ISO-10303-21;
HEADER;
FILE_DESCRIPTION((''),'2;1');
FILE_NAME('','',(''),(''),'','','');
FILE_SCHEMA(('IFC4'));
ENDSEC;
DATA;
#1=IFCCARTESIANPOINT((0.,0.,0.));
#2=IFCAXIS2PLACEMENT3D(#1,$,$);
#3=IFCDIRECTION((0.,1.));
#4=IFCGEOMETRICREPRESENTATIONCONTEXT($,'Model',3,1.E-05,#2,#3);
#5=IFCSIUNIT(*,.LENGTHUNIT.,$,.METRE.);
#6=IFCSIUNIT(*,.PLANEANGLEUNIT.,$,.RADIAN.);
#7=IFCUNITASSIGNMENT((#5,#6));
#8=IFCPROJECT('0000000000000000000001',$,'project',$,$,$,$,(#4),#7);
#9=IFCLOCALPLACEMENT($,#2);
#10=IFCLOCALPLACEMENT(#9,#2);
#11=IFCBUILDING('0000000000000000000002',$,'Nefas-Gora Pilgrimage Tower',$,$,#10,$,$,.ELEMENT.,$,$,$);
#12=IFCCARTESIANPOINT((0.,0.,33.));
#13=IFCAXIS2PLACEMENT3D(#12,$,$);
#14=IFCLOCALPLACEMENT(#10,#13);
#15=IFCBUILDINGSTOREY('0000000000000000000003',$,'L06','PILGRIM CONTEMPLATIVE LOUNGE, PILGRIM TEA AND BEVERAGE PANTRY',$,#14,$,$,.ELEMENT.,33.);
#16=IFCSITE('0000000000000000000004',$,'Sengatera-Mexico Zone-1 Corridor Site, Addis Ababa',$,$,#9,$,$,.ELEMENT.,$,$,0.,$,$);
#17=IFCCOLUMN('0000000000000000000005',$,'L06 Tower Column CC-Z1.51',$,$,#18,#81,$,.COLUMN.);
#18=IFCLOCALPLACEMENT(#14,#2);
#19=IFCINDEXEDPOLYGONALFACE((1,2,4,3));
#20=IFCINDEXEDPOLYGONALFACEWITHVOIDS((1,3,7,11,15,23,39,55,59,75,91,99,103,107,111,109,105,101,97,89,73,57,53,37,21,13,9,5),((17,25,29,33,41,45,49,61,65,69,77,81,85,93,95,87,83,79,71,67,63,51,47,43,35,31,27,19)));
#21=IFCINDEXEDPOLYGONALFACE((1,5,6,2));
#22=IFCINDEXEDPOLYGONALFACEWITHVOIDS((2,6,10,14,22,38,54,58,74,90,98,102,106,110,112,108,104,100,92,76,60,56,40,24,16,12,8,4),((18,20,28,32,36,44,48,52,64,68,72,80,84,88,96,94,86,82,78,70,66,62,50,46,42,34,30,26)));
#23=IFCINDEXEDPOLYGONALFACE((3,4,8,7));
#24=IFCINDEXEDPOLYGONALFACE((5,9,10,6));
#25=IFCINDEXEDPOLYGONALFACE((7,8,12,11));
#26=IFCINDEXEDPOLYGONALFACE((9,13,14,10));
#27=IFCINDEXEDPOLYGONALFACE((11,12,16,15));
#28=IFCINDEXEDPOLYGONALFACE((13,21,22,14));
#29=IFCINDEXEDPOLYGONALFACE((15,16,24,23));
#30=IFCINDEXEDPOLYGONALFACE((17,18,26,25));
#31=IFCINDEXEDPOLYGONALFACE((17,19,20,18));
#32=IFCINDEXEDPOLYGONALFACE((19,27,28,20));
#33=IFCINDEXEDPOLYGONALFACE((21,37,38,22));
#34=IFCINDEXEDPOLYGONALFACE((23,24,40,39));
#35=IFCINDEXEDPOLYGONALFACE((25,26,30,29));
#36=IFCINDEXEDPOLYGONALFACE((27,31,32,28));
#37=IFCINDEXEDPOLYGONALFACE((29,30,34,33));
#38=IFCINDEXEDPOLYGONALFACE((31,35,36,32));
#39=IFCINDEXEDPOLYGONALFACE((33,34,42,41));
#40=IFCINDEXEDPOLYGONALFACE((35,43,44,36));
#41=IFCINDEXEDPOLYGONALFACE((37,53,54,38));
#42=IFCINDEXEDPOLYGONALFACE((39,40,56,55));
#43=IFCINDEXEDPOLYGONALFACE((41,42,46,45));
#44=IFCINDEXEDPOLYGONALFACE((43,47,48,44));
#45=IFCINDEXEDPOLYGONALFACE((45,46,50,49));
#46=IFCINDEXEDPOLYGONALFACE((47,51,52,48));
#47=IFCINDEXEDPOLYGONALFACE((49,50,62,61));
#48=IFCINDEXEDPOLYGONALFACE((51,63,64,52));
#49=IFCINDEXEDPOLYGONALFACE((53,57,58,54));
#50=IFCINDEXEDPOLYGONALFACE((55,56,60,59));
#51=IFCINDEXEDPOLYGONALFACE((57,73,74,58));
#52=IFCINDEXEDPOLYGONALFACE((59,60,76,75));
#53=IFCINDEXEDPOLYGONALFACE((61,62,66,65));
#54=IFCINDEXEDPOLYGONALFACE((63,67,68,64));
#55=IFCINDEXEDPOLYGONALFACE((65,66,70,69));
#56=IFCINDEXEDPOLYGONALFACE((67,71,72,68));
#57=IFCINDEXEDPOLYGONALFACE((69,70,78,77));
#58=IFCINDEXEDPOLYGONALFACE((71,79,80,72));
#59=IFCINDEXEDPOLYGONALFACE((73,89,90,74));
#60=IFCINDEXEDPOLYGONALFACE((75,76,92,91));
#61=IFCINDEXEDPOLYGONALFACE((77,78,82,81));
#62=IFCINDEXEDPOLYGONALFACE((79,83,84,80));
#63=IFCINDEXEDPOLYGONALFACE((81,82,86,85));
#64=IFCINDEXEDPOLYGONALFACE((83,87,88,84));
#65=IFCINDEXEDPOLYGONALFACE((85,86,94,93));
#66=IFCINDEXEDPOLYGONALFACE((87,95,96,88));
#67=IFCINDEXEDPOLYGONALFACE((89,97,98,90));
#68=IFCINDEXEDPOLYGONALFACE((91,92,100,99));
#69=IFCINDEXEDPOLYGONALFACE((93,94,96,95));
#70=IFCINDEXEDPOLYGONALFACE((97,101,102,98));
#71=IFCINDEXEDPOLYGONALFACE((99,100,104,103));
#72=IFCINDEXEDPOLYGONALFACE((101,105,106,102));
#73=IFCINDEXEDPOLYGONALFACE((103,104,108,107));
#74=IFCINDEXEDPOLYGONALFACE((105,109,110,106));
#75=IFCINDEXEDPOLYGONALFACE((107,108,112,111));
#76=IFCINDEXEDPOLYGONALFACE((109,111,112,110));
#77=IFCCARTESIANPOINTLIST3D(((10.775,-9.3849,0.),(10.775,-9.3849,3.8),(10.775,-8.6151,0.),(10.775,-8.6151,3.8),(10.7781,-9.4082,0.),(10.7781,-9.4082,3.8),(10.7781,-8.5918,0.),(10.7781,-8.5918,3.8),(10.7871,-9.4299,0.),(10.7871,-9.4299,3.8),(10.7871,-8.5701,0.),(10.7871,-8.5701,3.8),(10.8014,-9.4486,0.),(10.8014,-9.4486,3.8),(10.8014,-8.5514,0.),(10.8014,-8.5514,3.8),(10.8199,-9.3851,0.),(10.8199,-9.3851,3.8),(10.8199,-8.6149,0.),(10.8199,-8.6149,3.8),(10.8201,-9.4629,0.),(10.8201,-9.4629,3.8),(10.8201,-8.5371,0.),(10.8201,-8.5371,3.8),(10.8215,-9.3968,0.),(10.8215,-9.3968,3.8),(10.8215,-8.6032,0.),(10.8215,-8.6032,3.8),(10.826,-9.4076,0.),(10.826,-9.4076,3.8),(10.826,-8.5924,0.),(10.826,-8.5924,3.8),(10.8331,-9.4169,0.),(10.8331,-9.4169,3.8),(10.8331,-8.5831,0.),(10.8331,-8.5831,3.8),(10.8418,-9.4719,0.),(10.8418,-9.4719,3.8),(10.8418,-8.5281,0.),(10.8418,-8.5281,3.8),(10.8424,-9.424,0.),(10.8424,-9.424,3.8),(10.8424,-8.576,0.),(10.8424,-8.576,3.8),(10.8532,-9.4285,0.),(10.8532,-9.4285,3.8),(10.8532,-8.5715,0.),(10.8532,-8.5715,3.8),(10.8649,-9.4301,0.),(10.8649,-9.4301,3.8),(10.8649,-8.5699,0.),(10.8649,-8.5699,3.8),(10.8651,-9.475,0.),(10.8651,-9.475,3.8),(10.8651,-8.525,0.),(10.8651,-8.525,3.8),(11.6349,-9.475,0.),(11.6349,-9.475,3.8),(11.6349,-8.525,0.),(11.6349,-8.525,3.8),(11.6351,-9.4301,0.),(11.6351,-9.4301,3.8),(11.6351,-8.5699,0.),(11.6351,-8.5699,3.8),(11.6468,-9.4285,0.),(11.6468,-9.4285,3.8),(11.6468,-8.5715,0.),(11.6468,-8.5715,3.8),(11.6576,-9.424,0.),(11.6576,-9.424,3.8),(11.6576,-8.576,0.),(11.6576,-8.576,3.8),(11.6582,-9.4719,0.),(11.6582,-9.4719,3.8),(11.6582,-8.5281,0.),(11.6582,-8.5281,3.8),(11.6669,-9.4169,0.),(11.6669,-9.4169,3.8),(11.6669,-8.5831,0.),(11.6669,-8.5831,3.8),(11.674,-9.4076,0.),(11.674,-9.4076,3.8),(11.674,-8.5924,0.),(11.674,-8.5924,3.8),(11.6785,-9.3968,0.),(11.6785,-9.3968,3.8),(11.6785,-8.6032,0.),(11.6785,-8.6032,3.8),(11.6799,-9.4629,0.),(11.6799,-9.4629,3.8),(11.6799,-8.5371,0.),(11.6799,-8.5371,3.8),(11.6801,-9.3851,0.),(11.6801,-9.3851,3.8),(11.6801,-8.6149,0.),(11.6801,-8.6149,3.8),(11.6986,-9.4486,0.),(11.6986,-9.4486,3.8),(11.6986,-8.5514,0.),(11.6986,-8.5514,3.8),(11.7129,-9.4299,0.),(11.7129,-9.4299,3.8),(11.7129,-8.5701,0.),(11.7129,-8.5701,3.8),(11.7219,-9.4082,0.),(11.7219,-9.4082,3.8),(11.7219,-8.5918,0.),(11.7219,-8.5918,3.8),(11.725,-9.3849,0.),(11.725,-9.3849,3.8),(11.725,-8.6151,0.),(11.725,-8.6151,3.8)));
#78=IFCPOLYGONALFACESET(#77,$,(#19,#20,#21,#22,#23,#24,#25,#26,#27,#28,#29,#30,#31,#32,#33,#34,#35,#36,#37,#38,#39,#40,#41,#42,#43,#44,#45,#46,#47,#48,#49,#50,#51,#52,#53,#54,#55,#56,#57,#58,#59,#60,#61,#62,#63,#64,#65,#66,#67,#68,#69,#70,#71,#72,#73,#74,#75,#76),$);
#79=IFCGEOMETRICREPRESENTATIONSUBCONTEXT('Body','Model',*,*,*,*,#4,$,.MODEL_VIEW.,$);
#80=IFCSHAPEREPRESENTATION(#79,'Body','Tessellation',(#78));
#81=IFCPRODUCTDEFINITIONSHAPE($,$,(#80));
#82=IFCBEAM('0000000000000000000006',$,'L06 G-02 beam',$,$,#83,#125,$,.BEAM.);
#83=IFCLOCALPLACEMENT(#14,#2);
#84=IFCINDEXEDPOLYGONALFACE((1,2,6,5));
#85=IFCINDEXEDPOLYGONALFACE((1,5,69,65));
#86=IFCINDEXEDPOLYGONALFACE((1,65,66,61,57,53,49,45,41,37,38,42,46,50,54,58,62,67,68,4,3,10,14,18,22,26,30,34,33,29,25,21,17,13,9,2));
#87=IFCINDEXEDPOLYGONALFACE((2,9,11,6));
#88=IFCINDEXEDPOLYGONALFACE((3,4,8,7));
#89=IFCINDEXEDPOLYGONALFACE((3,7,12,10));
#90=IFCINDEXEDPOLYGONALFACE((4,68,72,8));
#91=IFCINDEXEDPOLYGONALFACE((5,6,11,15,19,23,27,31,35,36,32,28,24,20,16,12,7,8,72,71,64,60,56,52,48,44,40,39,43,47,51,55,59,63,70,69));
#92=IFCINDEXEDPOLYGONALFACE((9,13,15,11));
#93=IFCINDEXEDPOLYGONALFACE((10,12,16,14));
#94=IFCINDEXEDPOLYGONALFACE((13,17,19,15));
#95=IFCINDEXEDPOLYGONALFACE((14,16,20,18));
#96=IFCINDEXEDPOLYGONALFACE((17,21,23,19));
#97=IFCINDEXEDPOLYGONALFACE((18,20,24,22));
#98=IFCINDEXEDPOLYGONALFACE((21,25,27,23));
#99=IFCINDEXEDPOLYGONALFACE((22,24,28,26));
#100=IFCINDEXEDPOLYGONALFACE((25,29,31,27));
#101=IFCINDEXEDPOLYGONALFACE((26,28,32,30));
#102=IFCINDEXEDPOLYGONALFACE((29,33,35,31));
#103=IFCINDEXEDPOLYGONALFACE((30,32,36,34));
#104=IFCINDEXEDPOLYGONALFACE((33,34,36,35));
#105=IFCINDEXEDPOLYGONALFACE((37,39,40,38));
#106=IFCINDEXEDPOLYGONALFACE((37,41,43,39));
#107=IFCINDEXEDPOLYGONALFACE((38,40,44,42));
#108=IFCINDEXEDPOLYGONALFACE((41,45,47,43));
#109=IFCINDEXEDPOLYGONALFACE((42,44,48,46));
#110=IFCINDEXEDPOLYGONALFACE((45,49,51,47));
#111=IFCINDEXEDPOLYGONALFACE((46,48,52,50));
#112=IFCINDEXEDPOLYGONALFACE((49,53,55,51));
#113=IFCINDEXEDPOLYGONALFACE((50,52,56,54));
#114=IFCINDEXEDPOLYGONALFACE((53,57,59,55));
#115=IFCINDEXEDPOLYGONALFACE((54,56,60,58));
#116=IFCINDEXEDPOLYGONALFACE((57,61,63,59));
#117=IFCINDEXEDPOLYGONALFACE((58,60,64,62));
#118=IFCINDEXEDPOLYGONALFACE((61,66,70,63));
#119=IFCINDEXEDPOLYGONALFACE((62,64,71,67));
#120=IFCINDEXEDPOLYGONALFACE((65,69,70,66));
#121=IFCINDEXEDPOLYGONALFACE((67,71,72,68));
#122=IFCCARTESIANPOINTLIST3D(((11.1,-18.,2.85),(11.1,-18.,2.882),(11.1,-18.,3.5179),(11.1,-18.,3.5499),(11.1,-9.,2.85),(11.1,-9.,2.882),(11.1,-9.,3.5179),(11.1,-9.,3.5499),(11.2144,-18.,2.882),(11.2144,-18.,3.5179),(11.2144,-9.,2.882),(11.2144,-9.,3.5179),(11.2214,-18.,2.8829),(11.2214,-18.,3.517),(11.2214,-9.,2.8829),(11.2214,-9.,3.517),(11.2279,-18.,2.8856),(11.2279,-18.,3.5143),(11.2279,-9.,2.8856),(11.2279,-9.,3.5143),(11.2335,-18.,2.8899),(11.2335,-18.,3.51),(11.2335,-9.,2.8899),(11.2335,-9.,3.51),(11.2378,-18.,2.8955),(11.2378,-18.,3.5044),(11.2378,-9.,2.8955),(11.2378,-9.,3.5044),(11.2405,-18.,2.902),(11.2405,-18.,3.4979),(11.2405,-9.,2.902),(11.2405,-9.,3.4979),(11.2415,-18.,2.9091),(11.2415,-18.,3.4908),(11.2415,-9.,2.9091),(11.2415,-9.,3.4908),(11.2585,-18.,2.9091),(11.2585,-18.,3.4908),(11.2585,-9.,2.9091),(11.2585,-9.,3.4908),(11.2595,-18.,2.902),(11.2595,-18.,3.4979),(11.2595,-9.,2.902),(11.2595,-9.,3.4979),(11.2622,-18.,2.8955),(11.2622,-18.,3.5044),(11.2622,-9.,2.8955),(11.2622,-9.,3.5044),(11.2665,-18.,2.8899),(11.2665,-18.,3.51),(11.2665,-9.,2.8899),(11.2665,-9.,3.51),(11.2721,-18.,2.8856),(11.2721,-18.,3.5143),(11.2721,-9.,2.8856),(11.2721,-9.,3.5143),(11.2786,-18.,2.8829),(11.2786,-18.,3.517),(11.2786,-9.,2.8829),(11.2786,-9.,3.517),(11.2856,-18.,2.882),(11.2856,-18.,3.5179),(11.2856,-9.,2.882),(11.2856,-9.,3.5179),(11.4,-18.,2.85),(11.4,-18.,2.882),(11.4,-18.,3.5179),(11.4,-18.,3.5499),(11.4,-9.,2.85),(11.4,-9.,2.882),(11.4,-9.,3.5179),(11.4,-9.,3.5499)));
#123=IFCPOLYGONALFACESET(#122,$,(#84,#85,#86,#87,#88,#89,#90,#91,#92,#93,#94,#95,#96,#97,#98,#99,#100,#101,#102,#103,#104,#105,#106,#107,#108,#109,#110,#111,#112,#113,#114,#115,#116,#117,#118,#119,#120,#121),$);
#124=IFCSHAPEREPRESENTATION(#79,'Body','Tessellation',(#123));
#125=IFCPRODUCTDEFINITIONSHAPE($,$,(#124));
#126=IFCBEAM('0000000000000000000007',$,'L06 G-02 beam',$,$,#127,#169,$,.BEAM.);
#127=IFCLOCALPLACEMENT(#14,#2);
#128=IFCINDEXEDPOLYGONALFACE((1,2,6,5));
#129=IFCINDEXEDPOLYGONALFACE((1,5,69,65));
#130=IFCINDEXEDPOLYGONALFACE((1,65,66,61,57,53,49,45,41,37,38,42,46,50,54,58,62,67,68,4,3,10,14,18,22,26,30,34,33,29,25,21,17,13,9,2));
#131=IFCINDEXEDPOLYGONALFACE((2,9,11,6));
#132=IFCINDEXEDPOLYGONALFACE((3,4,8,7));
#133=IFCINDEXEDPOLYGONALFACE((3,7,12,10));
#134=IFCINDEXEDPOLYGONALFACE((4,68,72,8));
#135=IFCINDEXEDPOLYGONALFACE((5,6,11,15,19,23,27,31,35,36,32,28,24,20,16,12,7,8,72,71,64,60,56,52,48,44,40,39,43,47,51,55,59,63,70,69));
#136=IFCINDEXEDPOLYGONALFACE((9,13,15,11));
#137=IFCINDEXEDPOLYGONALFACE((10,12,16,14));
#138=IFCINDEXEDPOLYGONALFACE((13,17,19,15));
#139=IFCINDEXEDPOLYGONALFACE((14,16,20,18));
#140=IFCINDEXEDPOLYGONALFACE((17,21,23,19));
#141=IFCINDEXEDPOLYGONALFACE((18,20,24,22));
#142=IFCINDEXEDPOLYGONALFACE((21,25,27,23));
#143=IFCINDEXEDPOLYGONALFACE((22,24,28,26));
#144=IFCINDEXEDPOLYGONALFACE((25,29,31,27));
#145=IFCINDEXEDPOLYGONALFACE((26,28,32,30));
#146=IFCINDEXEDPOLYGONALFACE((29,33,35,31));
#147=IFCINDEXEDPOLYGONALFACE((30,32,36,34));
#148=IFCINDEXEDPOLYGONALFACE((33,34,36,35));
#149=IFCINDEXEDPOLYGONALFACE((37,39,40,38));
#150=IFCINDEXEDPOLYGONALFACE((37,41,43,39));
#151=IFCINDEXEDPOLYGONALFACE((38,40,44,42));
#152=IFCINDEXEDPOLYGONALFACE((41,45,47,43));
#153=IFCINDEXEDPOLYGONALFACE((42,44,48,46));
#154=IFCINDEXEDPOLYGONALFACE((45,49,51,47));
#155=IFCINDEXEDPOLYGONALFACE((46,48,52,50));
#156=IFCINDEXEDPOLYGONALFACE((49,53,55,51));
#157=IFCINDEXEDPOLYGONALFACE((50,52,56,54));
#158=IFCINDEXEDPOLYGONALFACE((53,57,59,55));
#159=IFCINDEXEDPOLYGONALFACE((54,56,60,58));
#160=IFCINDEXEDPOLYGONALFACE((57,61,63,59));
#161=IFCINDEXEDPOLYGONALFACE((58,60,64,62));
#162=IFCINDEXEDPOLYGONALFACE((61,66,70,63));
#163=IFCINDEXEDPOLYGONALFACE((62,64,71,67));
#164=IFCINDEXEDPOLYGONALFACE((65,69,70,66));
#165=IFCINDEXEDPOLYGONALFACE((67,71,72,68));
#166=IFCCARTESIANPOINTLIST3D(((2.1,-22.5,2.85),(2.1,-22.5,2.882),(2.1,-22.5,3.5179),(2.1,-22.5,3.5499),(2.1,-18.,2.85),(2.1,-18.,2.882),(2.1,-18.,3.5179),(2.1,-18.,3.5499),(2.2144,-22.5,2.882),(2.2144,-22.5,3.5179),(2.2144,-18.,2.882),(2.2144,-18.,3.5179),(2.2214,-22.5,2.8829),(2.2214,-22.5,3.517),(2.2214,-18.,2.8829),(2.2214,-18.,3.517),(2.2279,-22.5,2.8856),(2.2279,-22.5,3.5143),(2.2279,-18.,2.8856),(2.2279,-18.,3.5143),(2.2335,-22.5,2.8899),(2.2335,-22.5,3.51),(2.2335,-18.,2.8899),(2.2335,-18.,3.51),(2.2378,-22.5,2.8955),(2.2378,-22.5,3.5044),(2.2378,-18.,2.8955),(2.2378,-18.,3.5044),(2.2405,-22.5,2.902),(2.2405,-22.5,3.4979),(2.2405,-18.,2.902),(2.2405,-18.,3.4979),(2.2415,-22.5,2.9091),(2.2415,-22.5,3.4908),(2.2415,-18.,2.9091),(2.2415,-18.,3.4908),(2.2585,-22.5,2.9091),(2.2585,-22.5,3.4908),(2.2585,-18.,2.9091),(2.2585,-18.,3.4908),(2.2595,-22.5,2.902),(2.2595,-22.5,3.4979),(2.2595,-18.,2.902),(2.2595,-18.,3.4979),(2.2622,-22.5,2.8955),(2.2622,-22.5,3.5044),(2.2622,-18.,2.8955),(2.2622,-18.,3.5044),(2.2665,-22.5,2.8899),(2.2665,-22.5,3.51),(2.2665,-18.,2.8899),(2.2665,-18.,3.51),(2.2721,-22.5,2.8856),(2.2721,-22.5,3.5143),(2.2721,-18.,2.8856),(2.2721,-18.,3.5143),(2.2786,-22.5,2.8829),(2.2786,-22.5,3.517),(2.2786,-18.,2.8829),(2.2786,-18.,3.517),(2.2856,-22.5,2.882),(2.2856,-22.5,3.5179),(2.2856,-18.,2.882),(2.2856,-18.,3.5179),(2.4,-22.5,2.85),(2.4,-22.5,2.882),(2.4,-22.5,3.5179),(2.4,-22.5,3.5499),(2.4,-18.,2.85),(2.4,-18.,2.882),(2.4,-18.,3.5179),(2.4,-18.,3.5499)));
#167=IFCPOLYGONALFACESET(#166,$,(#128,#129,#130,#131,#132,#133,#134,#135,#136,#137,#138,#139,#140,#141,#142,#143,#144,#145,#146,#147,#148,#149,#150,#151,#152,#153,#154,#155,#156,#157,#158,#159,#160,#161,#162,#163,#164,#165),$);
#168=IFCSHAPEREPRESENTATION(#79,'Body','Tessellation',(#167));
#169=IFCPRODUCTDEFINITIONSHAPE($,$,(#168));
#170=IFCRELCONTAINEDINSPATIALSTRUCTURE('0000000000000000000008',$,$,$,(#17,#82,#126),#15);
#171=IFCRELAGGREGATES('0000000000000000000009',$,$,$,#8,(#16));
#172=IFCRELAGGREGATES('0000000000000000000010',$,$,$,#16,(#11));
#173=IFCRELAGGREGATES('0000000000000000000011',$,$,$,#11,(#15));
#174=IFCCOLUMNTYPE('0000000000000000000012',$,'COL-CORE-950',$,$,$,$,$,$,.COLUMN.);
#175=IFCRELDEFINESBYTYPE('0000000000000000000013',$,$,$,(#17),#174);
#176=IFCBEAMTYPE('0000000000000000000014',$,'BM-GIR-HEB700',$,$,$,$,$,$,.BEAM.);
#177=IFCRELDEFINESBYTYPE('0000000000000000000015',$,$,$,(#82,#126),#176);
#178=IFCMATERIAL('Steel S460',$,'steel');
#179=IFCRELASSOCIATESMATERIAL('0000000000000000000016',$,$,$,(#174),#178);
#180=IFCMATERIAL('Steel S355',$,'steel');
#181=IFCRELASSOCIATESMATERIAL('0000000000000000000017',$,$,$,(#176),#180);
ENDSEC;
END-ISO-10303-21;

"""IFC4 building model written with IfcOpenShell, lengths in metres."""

from ifc_helpers import new_model, si_unit, direction, frame, origin, origin_2d, place, context, subcontext, project, spatial, hollow_rectangle, i_section, extrude, source, transform, mapped, material, material_profile, profile_set, type_object, element, save


model = new_model("IFC4")

# Units and contexts
model_context = context("Model", 3, precision=1e-05, world=origin(), true_north=direction((0.0, 1.0)))
body_context = subcontext(model_context, "Body", "Model", "MODEL_VIEW")
ifc_project = project(units=[si_unit("LENGTHUNIT", "METRE"), si_unit("PLANEANGLEUNIT", "RADIAN")], contexts=[model_context])

# Site, building, storey
site_placement = place(None, origin())
site = spatial("IfcSite", under=ifc_project, at=site_placement, Name="Sengatera-Mexico Zone-1 Corridor Site, Addis Ababa", CompositionType="ELEMENT", RefElevation=0.0)
building_placement = place(site_placement, origin())
building = spatial("IfcBuilding", under=site, at=building_placement, Name="Nefas-Gora Pilgrimage Tower", CompositionType="ELEMENT")
storey_placement = place(building_placement, frame((0.0, 0.0, 33.0)))
storey = spatial("IfcBuildingStorey", under=building, at=storey_placement, Name="L06", Description="PILGRIM CONTEMPLATIVE LOUNGE, PILGRIM TEA AND BEVERAGE PANTRY", CompositionType="ELEMENT", Elevation=33.0)

# Column
ifc_material_1 = material(Name="Steel S460", Category="steel")
ifc_material_profile_1 = material_profile(ifc_material_1, hollow_rectangle(XDim=0.95, YDim=0.95, WallThickness=0.0449, InnerFilletRadius=0.0449, OuterFilletRadius=0.0901, at=origin_2d()), Name="BOX 950x950x45")
ifc_profile_set_1 = profile_set([ifc_material_profile_1], Name="Steel S460")
column_type_1 = type_object("IfcColumnType", Name="COL-CORE-950", PredefinedType="COLUMN", material=ifc_profile_set_1)
shared_shape_1 = source(origin(), body_context, "Body", "SweptSolid", [
    extrude(hollow_rectangle(XDim=0.95, YDim=0.95, WallThickness=0.0449, InnerFilletRadius=0.0449, OuterFilletRadius=0.0901, at=origin_2d()), origin(), (0.0, 0.0, 1.0), 3.8),
])
column_placement = place(storey_placement, frame((11.25, -9.0, 0.0), z_axis=(0.0, 0.0, 1.0), x_axis=(1.0, 0.0, 0.0)))
element("IfcColumn", 1, at=column_placement, inside=storey, type_object=column_type_1, Name="L06 Tower Column CC-Z1.51", PredefinedType="COLUMN", context=body_context, shape_type="MappedRepresentation", body=[
    mapped(shared_shape_1, transform((0.0, 0.0, 0.0), x_axis=(1.0, 0.0, 0.0), y_axis=(0.0, 1.0, 0.0), z_axis=(0.0, 0.0, 1.0), scale=1.0)),
])

# Beams
ifc_material_2 = material(Name="Steel S355", Category="steel")
ifc_material_profile_2 = material_profile(ifc_material_2, i_section(OverallWidth=0.3, OverallDepth=0.7, WebThickness=0.0171, FlangeThickness=0.032, FilletRadius=0.0271, at=origin_2d()), Name="HEB 700")
ifc_profile_set_2 = profile_set([ifc_material_profile_2], Name="Steel S355")
beam_type_1 = type_object("IfcBeamType", Name="BM-GIR-HEB700", PredefinedType="BEAM", material=ifc_profile_set_2)
shared_shape_2 = source(origin(), body_context, "Body", "SweptSolid", [
    extrude(i_section(OverallWidth=0.3, OverallDepth=0.7, WebThickness=0.0171, FlangeThickness=0.032, FilletRadius=0.0271, at=origin_2d()), origin(), (0.0, 0.0, 1.0), 9.0),
])
beam_1_placement = place(storey_placement, frame((11.25, -18.0, 3.2), z_axis=(0.0, 1.0, 0.0), x_axis=(-1.0, 0.0, 0.0)))
element("IfcBeam", 2, at=beam_1_placement, inside=storey, type_object=beam_type_1, Name="L06 G-02 beam", PredefinedType="BEAM", context=body_context, shape_type="MappedRepresentation", body=[
    mapped(shared_shape_2, transform((0.0, 0.0, 0.0), x_axis=(1.0, 0.0, 0.0), y_axis=(0.0, 1.0, 0.0), z_axis=(0.0, 0.0, 1.0), scale=1.0)),
])
shared_shape_3 = source(origin(), body_context, "Body", "SweptSolid", [
    extrude(i_section(OverallWidth=0.3, OverallDepth=0.7, WebThickness=0.0171, FlangeThickness=0.032, FilletRadius=0.0271, at=origin_2d()), origin(), (0.0, 0.0, 1.0), 4.5),
])
for number, where, z_axis, x_axis, name in (
    (3, (2.25, -22.5, 3.2), (0.0, 1.0, 0.0), (-1.0, 0.0, 0.0), "L06 G-02 beam"),
):
    element("IfcBeam", number, at=place(storey_placement, frame(where, z_axis=z_axis, x_axis=x_axis)), inside=storey, type_object=beam_type_1, Name=name, PredefinedType="BEAM", context=body_context, shape_type="MappedRepresentation", body=[
        mapped(shared_shape_3, transform((0.0, 0.0, 0.0), x_axis=(1.0, 0.0, 0.0), y_axis=(0.0, 1.0, 0.0), z_axis=(0.0, 0.0, 1.0), scale=1.0)),
    ])

save(model, "model.ifc")
